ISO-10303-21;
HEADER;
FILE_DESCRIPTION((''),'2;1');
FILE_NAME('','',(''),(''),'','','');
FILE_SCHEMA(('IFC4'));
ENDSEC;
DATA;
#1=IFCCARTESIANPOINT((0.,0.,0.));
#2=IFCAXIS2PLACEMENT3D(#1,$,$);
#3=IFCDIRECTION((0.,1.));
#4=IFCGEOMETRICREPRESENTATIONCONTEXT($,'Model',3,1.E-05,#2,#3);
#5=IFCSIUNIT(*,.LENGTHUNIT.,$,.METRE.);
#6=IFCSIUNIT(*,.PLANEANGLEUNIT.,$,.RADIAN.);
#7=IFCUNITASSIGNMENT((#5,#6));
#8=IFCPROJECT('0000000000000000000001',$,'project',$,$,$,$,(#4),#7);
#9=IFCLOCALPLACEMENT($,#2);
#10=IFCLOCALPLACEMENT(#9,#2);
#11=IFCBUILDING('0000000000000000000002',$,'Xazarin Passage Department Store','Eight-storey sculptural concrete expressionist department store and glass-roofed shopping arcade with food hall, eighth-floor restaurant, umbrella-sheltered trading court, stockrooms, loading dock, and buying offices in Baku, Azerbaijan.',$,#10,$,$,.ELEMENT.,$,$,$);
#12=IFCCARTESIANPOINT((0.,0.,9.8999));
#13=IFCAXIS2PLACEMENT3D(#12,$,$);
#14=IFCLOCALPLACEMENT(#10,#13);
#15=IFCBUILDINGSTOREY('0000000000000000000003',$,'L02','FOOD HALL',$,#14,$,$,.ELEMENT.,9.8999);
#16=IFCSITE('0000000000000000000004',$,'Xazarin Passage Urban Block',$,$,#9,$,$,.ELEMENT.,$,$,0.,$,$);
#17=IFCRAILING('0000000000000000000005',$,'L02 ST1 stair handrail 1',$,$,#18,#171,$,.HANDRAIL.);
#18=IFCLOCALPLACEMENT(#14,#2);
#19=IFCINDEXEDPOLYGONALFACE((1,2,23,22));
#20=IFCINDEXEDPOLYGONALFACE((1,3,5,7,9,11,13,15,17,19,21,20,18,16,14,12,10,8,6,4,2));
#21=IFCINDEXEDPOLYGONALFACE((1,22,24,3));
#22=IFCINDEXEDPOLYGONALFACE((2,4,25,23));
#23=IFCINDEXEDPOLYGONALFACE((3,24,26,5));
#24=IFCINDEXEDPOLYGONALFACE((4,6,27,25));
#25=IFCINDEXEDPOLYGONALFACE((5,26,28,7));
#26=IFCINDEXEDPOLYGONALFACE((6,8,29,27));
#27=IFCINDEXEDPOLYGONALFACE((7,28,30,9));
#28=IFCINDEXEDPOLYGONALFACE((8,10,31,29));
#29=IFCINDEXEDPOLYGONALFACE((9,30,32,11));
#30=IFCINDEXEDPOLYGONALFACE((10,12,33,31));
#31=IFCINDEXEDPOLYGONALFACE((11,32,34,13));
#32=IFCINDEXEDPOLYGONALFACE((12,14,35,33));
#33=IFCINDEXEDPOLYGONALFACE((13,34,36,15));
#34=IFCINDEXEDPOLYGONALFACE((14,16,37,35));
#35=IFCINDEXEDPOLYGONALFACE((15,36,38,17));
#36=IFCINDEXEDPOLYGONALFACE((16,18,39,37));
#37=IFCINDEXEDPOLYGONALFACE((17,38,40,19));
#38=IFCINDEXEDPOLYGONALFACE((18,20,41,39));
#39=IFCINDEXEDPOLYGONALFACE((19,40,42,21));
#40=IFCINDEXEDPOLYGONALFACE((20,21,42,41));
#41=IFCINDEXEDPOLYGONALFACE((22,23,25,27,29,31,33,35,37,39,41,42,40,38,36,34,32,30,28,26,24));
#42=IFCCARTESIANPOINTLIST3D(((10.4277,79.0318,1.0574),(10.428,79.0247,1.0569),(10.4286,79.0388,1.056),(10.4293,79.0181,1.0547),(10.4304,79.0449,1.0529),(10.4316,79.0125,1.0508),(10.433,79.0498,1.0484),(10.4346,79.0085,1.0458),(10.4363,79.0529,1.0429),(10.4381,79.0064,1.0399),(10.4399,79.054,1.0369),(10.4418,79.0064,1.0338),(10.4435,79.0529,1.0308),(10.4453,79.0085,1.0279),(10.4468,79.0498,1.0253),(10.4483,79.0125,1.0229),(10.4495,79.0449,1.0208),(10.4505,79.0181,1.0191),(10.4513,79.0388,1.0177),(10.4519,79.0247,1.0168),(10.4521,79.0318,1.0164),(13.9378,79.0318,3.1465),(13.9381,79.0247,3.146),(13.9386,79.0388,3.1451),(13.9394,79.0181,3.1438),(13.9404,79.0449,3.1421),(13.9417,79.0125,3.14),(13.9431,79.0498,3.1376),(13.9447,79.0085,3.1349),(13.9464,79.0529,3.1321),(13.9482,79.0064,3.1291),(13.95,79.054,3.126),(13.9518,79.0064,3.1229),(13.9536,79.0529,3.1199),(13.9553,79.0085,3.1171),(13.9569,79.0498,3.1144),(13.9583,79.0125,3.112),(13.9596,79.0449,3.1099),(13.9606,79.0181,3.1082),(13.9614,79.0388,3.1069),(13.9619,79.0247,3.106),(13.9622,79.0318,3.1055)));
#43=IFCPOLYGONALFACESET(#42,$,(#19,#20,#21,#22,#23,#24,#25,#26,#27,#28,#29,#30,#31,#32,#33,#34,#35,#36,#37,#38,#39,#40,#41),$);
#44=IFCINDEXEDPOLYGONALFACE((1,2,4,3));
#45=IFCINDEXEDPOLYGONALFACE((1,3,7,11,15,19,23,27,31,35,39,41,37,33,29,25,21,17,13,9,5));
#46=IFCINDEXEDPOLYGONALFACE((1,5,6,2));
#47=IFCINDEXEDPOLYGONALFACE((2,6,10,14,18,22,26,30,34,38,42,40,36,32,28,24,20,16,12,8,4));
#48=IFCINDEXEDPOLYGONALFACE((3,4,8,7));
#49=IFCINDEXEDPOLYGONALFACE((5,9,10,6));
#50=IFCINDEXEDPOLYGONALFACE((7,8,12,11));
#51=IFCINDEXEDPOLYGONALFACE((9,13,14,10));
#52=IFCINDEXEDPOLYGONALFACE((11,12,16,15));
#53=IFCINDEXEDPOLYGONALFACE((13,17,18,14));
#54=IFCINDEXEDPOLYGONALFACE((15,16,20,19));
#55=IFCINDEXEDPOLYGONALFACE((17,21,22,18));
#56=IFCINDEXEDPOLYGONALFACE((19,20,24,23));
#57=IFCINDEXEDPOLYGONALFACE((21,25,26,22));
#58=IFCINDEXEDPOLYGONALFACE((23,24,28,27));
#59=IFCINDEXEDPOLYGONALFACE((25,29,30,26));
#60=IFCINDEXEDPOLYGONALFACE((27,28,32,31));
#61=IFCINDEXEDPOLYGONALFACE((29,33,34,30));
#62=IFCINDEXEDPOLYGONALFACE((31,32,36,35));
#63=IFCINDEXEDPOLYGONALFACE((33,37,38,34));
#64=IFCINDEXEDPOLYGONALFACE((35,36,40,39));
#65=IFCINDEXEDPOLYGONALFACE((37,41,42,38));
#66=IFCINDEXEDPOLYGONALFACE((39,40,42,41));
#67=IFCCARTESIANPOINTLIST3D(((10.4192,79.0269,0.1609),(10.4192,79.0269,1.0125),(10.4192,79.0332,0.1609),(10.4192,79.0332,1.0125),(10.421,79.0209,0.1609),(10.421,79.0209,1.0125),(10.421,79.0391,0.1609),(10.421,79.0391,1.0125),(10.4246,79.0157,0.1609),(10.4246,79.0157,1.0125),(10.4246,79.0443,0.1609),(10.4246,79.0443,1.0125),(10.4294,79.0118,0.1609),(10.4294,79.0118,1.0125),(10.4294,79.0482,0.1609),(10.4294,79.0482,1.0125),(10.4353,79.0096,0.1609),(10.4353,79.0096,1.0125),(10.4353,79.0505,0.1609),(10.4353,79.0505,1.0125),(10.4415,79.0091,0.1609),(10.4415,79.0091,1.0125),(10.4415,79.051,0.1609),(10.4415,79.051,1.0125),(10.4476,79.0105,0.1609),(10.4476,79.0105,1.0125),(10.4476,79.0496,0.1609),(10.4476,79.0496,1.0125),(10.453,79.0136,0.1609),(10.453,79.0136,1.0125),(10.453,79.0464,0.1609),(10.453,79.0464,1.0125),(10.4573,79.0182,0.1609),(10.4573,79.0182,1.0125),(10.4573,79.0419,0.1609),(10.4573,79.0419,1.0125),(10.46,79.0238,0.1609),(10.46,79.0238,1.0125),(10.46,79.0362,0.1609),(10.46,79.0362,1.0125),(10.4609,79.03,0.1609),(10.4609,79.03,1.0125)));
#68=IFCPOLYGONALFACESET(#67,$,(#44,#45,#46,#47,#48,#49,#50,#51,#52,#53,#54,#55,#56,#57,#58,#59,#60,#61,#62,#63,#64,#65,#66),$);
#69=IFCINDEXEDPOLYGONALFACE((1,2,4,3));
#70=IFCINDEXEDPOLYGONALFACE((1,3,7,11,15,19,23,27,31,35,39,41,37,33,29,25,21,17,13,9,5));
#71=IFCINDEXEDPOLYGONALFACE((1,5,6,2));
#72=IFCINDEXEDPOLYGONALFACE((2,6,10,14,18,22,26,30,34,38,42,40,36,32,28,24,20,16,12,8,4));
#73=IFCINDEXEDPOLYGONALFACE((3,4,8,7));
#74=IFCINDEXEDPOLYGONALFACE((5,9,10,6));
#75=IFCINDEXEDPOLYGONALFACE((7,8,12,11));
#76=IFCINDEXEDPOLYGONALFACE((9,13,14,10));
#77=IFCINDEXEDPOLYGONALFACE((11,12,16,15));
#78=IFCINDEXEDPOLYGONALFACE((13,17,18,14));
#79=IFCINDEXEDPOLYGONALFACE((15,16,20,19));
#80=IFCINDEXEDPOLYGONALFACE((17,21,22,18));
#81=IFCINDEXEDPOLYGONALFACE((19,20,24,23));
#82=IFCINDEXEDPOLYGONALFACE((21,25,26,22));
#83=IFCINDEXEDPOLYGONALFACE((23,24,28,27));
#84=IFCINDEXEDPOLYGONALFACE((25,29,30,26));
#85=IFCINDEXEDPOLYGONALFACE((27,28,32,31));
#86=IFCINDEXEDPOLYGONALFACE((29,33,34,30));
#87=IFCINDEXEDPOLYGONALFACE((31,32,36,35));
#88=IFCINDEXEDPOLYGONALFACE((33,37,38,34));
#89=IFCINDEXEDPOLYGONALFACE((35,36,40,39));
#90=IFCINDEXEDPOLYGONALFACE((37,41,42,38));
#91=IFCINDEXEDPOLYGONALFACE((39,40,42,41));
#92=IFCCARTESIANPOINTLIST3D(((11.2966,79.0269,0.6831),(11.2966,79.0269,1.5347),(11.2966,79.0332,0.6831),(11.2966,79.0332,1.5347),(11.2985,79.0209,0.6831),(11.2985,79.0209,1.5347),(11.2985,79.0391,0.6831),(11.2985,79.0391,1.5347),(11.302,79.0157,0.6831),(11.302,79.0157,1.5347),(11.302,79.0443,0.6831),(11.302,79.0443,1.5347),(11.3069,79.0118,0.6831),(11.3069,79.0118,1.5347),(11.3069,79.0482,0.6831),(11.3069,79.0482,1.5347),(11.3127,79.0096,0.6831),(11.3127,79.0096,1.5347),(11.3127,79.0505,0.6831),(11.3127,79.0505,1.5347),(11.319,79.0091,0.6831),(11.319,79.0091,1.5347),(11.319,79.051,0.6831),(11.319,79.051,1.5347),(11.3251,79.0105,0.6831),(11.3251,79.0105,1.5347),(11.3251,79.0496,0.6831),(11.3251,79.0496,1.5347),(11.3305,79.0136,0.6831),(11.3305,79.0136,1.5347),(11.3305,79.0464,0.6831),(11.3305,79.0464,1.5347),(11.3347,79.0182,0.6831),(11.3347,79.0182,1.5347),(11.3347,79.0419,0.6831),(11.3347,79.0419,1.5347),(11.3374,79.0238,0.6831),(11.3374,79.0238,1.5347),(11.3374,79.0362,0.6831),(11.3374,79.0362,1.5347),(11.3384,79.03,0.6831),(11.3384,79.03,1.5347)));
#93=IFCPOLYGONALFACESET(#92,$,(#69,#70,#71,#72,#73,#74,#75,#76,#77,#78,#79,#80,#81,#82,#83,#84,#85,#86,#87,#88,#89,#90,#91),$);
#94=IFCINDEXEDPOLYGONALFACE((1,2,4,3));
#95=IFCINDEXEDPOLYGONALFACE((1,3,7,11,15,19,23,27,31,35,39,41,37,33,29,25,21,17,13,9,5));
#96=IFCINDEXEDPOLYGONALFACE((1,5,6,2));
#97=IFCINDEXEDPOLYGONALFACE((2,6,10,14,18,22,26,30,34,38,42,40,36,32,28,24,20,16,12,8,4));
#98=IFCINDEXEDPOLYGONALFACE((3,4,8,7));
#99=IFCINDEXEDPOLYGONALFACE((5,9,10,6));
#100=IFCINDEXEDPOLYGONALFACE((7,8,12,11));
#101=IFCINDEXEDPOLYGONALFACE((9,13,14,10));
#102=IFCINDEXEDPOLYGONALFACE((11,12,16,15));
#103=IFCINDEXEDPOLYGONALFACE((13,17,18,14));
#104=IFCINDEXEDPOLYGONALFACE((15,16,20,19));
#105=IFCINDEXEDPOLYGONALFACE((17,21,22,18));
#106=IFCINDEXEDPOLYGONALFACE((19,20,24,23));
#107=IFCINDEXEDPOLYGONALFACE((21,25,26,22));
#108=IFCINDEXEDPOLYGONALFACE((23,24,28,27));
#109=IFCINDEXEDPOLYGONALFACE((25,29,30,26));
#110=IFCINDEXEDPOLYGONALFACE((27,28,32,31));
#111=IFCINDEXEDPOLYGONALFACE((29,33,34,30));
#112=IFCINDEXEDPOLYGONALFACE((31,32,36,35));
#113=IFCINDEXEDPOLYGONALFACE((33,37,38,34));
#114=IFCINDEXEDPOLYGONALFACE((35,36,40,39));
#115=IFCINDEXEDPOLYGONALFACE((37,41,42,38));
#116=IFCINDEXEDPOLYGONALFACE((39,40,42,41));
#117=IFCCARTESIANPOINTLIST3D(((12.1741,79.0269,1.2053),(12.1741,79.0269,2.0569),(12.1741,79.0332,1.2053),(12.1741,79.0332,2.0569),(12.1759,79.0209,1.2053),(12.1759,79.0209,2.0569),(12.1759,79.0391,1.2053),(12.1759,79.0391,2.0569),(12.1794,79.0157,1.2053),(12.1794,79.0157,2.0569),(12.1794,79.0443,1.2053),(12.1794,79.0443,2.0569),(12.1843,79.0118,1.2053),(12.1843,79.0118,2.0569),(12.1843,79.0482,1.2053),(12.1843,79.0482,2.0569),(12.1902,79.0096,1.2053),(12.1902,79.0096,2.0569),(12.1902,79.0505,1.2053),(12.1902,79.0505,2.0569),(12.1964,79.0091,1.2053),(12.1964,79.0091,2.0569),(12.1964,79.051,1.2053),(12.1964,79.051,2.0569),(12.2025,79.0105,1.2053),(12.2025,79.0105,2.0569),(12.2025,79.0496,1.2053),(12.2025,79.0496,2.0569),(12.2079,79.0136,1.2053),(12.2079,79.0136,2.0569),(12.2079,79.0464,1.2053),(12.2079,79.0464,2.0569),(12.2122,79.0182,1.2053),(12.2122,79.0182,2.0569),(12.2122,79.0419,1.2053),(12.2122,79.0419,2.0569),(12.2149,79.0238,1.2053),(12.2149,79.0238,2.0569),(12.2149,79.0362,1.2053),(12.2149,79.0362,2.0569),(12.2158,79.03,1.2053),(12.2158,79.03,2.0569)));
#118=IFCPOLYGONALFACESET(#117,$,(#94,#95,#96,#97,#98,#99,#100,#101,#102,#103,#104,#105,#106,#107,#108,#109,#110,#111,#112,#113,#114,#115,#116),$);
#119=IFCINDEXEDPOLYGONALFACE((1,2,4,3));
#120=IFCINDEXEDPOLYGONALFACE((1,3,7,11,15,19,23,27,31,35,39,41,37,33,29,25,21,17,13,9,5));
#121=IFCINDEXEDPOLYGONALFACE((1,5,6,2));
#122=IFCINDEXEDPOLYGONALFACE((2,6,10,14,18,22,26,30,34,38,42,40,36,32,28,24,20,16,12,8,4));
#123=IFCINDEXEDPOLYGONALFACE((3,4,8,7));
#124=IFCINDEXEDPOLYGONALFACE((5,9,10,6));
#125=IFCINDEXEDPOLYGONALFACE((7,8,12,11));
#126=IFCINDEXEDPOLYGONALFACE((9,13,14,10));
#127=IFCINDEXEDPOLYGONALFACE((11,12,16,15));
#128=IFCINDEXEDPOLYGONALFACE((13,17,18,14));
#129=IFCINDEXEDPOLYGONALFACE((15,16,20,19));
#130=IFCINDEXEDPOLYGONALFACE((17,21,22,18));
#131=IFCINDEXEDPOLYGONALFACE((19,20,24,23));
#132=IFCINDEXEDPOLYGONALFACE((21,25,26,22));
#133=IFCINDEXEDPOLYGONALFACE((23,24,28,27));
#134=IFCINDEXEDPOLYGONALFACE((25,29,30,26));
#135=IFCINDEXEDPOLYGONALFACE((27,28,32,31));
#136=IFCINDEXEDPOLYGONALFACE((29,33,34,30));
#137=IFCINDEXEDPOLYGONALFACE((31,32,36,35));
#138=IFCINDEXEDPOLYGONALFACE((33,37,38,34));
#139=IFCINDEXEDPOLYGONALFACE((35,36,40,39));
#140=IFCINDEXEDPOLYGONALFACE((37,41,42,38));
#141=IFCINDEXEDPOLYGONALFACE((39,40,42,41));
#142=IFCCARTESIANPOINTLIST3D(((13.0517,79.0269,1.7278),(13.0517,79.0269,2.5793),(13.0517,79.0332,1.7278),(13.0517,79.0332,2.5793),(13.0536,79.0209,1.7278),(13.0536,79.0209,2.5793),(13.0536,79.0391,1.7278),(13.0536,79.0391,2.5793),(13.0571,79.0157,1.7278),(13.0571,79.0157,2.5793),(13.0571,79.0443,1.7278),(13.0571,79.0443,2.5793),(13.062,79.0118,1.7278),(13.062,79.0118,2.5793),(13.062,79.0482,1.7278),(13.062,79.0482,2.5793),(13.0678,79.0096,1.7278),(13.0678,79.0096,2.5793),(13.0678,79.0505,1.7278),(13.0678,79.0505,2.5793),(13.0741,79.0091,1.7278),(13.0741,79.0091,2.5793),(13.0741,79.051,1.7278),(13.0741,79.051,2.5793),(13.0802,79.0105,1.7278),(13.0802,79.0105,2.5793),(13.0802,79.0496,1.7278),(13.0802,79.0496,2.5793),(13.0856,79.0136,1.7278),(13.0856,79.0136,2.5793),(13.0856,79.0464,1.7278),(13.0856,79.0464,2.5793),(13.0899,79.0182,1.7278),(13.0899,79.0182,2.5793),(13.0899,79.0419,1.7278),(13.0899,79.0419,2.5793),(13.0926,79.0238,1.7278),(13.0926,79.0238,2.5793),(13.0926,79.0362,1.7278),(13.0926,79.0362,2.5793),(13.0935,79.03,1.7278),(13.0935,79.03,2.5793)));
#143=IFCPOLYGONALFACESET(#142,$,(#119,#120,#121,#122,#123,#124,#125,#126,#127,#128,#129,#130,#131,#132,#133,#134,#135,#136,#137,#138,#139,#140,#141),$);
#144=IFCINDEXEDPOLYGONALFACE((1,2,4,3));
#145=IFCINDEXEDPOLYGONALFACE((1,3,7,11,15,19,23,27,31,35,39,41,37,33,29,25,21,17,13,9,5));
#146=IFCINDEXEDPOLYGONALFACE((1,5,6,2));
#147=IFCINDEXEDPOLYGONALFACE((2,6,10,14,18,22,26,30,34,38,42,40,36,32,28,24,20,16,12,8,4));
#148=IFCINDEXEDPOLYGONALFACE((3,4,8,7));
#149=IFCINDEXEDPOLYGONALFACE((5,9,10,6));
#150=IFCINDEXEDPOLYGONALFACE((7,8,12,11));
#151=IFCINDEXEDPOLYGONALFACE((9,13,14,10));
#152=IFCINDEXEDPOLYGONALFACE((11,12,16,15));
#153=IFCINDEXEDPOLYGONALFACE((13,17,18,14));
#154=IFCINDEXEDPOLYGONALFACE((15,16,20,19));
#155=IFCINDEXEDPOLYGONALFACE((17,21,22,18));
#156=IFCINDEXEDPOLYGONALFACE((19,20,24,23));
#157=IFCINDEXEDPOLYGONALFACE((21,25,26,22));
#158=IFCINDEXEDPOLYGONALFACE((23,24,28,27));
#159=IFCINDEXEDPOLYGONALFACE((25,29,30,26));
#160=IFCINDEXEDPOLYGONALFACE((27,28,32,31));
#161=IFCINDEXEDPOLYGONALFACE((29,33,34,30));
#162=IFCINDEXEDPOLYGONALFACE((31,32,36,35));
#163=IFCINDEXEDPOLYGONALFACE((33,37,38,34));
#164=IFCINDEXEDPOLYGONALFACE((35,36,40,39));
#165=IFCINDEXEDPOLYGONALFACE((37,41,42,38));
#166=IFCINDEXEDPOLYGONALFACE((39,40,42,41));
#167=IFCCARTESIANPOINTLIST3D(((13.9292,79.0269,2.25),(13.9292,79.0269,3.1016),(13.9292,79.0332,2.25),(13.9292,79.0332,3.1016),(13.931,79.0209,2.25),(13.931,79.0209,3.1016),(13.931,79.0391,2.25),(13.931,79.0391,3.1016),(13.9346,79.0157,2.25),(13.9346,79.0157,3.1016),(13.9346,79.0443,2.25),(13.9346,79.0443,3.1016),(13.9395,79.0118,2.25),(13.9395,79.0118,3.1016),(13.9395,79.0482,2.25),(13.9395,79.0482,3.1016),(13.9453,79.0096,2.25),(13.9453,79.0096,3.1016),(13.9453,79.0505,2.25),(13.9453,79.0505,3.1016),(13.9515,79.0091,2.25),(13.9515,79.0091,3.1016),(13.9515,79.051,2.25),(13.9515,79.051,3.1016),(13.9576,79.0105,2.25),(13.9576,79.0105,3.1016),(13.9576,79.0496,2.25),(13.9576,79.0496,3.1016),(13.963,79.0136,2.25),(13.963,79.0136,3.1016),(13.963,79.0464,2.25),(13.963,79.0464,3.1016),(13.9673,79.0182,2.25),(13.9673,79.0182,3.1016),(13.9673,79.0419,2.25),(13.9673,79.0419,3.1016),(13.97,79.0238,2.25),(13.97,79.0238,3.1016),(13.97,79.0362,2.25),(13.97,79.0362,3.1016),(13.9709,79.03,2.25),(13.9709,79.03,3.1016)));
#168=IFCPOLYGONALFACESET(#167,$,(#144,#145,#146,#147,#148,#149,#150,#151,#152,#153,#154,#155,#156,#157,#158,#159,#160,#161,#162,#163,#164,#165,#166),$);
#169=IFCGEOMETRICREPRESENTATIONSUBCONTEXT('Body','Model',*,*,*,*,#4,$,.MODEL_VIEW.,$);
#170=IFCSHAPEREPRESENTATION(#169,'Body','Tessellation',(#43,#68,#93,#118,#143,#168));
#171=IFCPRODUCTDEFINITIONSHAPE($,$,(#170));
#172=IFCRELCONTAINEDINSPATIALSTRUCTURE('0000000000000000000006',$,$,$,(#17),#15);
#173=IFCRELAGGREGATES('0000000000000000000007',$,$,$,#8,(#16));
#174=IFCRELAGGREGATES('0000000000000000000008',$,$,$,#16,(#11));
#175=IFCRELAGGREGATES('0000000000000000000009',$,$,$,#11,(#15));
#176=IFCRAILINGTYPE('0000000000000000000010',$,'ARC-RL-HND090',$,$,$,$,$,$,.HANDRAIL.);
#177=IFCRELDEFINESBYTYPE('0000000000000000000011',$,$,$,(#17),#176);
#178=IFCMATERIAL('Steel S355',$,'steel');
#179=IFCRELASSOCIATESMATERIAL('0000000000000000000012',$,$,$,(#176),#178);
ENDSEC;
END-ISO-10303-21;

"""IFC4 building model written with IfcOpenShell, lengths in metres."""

from ifc_helpers import new_model, si_unit, direction, frame, origin, origin_2d, place, context, subcontext, project, spatial, circle, extrude, material, type_object, element, save


model = new_model("IFC4")

# Units and contexts
model_context = context("Model", 3, precision=1e-05, world=origin(), true_north=direction((0.0, 1.0)))
body_context = subcontext(model_context, "Body", "Model", "MODEL_VIEW")
ifc_project = project(units=[si_unit("LENGTHUNIT", "METRE"), si_unit("PLANEANGLEUNIT", "RADIAN")], contexts=[model_context])

# Site, building, storey
site_placement = place(None, origin())
site = spatial("IfcSite", under=ifc_project, at=site_placement, Name="Xazarin Passage Urban Block", CompositionType="ELEMENT", RefElevation=0.0)
building_placement = place(site_placement, origin())
building = spatial("IfcBuilding", under=site, at=building_placement, Name="Xazarin Passage Department Store", Description="Eight-storey sculptural concrete expressionist department store and glass-roofed shopping arcade with food hall, eighth-floor restaurant, umbrella-sheltered trading court, stockrooms, loading dock, and buying offices in Baku, Azerbaijan.", CompositionType="ELEMENT")
storey_placement = place(building_placement, frame((0.0, 0.0, 9.8999)))
storey = spatial("IfcBuildingStorey", under=building, at=storey_placement, Name="L02", Description="FOOD HALL", CompositionType="ELEMENT", Elevation=9.8999)

# Shared definitions
ifc_material_1 = material(Name="Steel S355", Category="steel")

# Railing
railing_type_1 = type_object("IfcRailingType", Name="ARC-RL-HND090", PredefinedType="HANDRAIL", material=ifc_material_1)
railing_1_placement = place(storey_placement, frame((10.4399, 79.03, 0.1609)))
element("IfcRailing", 1, at=railing_1_placement, inside=storey, type_object=railing_type_1, Name="L02 ST1 stair handrail 1", PredefinedType="HANDRAIL", context=body_context, shape_type="SweptSolid", body=[
    extrude(circle(Radius=0.0239, at=origin_2d()), frame((0.0, 0.0, 0.876), z_axis=(0.859312, 0.0, 0.511451), x_axis=(0.0, 1.0, 0.0)), (0.0, 0.0, 1.0), 4.0847),
    extrude(circle(Radius=0.021, at=origin_2d()), origin(), (0.0, 0.0, 1.0), 0.8516),
    extrude(circle(Radius=0.021, at=origin_2d()), frame((0.8774, 0.0, 0.5222)), (0.0, 0.0, 1.0), 0.8516),
    extrude(circle(Radius=0.021, at=origin_2d()), frame((1.7549, 0.0, 1.0444)), (0.0, 0.0, 1.0), 0.8516),
    extrude(circle(Radius=0.021, at=origin_2d()), frame((2.6326, 0.0, 1.5669)), (0.0, 0.0, 1.0), 0.8516),
    extrude(circle(Radius=0.021, at=origin_2d()), frame((3.51, 0.0, 2.0891)), (0.0, 0.0, 1.0), 0.8516),
])

save(model, "model.ifc")
